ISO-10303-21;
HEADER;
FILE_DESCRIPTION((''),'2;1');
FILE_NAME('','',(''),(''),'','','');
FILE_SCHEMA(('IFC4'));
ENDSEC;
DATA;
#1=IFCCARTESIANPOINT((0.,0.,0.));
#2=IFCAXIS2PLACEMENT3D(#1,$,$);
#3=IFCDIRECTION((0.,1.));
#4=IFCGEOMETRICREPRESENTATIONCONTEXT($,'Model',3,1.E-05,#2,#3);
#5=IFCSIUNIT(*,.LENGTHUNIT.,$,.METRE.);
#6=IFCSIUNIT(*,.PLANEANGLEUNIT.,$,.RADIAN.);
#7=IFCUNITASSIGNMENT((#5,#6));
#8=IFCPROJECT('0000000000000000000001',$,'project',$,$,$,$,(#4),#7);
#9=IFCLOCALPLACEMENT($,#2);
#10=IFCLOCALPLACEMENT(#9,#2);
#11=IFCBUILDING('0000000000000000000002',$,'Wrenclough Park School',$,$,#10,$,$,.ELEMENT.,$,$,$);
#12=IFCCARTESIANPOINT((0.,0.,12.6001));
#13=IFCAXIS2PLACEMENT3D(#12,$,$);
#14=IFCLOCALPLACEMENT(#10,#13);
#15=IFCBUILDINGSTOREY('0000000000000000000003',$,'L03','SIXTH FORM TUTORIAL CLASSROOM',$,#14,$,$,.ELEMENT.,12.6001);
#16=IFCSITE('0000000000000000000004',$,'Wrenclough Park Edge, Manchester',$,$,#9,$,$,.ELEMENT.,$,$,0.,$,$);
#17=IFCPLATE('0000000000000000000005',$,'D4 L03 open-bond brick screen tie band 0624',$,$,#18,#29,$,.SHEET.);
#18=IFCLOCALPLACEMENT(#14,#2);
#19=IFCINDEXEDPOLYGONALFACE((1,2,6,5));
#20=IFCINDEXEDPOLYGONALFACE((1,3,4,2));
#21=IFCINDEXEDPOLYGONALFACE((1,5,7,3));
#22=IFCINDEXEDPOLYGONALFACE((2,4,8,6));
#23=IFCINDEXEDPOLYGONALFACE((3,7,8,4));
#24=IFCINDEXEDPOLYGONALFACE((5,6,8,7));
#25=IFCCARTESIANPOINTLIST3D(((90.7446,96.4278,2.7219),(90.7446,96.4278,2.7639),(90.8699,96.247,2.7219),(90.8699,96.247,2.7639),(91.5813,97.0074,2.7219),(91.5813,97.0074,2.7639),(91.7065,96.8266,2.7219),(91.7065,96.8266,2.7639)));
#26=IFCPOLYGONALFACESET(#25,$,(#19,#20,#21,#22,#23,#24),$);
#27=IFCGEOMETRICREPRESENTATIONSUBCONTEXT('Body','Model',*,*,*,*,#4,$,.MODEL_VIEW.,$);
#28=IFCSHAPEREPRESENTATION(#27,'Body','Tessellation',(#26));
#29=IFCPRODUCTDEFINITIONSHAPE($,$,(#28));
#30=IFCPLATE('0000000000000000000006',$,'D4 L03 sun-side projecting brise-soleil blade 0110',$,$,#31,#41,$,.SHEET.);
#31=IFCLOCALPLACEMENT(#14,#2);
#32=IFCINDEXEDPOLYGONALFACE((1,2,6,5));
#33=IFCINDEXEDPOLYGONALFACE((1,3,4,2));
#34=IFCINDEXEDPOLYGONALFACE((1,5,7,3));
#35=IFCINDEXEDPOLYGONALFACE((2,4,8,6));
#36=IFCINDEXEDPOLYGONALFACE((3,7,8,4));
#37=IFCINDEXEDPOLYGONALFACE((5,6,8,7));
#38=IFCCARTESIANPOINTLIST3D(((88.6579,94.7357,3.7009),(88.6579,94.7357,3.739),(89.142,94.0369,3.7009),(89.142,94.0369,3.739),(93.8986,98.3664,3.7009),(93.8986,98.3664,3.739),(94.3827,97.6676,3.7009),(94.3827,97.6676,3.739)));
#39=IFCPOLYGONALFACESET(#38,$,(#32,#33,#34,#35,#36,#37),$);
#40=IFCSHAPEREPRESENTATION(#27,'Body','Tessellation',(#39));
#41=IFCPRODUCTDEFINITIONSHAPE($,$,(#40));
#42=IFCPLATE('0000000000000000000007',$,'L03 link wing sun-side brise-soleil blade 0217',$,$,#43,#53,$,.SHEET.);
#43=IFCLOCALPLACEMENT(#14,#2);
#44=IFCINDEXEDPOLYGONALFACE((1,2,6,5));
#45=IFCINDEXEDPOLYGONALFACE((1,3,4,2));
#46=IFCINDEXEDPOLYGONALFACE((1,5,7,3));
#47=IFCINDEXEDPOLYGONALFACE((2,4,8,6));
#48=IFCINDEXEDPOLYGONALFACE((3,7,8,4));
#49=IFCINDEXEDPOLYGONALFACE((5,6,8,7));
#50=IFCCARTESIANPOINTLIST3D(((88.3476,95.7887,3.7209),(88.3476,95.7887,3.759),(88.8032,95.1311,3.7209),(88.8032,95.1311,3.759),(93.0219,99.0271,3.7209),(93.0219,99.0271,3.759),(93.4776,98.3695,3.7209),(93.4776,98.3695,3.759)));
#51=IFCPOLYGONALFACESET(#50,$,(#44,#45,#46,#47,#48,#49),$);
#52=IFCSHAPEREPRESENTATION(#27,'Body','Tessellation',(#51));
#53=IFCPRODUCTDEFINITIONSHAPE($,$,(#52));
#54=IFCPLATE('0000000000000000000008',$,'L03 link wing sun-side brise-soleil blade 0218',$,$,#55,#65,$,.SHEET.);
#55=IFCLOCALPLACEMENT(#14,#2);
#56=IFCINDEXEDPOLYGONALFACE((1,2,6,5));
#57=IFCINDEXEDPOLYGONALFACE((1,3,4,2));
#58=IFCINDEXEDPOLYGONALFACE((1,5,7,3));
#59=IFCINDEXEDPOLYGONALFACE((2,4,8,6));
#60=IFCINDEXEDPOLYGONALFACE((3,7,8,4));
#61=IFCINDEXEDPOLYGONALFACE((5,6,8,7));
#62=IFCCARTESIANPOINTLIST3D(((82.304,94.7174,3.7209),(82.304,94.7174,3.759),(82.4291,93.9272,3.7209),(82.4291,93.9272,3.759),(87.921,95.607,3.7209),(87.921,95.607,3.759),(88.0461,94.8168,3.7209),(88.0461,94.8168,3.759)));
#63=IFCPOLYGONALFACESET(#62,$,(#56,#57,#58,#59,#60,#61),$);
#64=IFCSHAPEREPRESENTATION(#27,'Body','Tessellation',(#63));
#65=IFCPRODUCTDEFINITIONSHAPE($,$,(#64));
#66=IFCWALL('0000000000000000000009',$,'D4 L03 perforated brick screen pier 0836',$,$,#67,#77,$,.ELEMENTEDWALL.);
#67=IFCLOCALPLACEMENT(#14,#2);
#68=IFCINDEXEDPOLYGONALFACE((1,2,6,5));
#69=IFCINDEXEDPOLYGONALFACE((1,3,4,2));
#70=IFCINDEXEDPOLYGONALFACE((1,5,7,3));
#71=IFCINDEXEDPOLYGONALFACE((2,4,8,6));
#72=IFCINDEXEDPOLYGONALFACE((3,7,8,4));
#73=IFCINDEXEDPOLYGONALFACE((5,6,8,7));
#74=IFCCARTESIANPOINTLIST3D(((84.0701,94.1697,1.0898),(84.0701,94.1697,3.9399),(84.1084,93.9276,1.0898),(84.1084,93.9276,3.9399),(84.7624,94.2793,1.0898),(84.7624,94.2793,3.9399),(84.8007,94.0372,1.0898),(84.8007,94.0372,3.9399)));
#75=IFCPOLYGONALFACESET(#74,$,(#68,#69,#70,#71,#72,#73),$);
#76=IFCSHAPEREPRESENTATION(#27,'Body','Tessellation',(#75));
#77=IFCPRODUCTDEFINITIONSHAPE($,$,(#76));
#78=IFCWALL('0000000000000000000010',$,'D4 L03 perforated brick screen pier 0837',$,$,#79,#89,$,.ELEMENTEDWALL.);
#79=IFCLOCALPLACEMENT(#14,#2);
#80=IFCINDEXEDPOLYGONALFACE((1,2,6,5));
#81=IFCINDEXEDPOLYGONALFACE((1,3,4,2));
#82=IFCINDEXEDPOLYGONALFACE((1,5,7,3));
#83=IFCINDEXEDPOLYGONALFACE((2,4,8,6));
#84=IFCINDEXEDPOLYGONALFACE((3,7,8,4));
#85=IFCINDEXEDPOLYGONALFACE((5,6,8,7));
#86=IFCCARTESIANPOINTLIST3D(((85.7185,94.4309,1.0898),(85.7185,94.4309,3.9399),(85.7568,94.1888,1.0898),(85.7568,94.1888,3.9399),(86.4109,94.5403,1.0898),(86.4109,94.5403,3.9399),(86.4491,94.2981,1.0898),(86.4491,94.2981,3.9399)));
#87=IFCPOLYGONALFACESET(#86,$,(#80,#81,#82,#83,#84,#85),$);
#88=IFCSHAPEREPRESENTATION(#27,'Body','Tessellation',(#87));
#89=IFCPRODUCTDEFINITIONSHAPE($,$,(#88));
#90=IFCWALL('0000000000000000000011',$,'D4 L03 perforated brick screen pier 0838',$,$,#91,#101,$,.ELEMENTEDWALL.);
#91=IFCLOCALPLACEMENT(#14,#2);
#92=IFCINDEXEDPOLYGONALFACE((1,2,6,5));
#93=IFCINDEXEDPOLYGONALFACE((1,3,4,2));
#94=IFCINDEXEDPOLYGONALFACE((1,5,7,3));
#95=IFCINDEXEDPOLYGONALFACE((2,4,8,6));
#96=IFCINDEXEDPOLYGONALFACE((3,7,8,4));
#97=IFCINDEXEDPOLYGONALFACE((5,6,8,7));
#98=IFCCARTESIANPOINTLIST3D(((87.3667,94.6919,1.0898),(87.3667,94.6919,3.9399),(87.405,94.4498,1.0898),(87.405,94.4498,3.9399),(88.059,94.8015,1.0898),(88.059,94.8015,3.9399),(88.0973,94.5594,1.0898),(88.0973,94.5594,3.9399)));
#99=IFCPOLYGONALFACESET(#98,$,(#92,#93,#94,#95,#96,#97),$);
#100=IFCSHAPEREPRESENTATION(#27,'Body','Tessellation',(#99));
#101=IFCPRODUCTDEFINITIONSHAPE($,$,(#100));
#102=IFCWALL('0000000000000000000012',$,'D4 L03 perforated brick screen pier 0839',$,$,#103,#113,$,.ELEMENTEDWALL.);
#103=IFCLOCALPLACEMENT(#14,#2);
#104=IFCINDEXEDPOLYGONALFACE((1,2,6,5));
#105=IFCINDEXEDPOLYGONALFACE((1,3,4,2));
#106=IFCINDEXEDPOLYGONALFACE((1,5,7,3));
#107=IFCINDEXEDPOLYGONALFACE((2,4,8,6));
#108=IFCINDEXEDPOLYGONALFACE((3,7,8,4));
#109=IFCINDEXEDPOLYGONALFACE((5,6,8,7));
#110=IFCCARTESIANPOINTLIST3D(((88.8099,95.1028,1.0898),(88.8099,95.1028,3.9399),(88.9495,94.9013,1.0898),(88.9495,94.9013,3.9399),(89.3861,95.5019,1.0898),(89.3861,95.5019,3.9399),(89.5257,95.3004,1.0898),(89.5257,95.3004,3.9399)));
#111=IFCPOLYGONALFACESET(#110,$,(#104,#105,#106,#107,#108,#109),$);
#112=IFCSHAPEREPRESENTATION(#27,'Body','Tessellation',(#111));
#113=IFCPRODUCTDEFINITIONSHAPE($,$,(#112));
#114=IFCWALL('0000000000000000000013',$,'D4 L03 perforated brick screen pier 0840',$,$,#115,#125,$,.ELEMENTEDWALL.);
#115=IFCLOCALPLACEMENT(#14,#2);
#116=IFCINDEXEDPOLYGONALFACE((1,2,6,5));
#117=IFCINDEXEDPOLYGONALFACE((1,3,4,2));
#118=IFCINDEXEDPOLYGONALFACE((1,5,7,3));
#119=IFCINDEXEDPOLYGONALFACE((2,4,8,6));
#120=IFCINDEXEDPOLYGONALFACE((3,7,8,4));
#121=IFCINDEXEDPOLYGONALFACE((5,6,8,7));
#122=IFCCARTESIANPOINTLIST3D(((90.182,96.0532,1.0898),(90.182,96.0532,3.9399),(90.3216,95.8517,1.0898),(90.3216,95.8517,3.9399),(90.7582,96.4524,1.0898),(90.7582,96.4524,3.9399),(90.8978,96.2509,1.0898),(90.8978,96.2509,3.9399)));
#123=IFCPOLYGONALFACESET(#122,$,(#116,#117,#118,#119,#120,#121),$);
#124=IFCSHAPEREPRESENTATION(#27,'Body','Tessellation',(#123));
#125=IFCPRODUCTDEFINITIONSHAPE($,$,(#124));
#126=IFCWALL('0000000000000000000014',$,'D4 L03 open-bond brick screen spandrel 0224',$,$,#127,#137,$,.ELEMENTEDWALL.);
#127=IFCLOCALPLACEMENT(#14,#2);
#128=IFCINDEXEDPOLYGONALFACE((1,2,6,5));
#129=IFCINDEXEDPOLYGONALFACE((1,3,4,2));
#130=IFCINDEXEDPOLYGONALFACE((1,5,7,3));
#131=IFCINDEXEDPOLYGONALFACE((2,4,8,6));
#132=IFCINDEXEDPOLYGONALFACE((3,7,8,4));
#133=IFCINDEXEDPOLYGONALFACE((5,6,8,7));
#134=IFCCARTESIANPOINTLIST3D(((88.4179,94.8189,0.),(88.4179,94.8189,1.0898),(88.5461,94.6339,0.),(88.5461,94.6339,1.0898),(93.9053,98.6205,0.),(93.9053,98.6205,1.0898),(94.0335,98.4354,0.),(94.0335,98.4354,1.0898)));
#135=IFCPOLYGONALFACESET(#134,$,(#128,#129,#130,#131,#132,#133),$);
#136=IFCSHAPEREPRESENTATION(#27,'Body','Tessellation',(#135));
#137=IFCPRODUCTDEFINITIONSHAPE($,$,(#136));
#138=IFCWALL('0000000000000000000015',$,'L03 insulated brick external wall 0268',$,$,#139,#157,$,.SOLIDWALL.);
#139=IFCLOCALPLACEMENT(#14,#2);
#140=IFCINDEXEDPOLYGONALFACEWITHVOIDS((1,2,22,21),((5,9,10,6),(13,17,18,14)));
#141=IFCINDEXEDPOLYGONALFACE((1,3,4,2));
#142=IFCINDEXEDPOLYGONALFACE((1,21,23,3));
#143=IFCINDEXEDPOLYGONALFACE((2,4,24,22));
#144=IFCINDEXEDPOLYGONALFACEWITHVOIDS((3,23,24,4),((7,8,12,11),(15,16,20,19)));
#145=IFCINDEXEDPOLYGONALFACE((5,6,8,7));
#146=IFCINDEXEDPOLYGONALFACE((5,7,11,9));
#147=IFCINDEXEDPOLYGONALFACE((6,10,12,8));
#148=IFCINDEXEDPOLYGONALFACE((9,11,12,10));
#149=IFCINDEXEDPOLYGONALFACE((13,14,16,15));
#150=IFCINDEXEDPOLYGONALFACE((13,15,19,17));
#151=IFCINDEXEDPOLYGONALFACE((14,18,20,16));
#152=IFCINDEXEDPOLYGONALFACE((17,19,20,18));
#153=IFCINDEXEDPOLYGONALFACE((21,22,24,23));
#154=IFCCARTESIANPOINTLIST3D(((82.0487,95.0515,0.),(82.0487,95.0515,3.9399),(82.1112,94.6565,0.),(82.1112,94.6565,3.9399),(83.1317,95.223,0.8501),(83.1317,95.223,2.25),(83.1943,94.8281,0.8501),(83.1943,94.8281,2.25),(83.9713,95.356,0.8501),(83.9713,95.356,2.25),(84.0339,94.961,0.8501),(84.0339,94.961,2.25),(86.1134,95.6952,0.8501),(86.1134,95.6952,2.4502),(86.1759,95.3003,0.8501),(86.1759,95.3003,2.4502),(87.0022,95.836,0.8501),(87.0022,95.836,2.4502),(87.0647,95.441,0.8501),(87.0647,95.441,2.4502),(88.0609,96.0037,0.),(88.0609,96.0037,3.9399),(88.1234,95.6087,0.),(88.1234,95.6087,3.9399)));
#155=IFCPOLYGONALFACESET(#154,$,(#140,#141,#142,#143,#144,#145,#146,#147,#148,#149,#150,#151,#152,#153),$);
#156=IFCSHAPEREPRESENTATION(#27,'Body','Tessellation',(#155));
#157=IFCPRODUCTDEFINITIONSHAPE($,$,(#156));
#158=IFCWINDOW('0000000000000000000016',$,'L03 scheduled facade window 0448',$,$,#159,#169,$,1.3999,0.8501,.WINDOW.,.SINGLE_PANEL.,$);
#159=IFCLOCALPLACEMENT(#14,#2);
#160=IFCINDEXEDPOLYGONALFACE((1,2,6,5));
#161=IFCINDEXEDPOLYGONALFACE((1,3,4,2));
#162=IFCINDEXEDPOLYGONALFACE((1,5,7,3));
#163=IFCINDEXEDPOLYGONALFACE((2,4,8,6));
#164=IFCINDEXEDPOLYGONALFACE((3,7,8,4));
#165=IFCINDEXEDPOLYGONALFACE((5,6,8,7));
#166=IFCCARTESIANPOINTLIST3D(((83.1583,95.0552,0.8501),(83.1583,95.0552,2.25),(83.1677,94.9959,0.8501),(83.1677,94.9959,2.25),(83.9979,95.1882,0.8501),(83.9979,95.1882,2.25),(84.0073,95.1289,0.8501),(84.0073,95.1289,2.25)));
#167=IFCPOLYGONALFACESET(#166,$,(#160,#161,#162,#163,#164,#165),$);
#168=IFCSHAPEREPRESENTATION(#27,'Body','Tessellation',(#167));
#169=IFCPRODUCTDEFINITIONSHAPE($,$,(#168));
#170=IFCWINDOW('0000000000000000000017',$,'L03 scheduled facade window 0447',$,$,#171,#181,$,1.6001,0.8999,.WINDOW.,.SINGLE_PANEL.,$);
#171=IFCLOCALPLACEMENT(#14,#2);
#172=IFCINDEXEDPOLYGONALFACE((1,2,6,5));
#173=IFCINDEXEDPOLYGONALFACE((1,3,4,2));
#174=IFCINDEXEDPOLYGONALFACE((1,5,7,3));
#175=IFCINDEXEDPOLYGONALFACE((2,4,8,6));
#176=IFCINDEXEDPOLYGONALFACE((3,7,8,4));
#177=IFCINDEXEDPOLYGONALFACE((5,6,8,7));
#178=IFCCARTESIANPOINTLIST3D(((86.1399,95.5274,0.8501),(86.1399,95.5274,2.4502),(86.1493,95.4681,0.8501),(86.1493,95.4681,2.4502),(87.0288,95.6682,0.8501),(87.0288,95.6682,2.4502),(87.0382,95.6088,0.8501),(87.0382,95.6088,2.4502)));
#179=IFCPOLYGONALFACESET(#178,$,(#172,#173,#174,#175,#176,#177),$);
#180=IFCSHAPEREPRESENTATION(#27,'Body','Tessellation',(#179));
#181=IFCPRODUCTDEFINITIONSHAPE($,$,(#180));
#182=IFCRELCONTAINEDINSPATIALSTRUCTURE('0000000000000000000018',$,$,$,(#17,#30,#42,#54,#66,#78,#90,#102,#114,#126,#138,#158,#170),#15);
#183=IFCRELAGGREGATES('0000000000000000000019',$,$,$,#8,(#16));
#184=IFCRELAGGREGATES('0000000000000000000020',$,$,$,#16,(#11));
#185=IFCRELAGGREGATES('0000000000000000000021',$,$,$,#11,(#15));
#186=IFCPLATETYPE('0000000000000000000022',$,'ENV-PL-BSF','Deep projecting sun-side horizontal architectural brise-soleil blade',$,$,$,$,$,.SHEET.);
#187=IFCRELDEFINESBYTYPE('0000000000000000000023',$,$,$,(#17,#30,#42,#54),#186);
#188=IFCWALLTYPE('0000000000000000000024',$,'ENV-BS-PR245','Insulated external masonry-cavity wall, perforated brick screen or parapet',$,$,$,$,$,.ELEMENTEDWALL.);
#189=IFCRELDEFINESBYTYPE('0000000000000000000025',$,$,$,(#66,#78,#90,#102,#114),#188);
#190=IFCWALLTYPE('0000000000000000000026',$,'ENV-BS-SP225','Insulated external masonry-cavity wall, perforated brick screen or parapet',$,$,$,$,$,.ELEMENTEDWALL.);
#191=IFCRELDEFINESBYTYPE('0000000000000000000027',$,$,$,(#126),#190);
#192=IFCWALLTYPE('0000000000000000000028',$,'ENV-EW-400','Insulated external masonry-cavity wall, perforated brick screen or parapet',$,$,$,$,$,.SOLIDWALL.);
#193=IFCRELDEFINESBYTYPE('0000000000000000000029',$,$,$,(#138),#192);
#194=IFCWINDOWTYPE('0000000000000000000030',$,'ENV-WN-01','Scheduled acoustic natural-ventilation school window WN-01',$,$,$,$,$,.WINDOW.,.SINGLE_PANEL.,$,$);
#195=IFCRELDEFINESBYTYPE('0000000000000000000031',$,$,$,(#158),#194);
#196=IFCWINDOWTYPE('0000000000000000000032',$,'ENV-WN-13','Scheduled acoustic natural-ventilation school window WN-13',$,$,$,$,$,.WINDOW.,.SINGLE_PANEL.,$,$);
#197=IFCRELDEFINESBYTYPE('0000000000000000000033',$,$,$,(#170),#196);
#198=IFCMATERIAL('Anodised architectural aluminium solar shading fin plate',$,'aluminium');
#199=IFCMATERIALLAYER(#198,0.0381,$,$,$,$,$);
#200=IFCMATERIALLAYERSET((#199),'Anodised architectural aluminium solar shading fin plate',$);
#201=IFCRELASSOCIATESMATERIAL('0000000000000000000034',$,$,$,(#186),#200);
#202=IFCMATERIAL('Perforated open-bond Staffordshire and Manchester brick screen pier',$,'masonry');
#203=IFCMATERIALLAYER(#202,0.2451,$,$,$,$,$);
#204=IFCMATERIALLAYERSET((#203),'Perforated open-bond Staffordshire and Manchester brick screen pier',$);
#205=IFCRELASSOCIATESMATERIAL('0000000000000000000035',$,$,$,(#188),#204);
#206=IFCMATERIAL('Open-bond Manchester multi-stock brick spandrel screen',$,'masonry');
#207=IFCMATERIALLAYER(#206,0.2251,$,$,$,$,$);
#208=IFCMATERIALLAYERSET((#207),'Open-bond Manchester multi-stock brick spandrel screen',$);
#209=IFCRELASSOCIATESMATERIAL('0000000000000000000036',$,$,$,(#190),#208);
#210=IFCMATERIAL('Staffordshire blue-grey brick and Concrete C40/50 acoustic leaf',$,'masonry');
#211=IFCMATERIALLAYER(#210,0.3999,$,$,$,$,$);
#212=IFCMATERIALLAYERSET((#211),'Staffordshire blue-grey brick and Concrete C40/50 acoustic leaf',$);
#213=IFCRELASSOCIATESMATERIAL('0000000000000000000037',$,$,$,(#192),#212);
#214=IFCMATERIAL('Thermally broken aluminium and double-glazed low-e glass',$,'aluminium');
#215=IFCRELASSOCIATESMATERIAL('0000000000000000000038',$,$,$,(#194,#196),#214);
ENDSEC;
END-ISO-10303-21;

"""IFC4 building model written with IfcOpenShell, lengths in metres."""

from ifc_helpers import new_model, si_unit, direction, frame, frame_2d, origin, origin_2d, place, context, subcontext, project, spatial, rectangle, extrude, material, layer, layer_set, type_object, element, fill, save


model = new_model("IFC4")

# Units and contexts
model_context = context("Model", 3, precision=1e-05, world=origin(), true_north=direction((0.0, 1.0)))
body_context = subcontext(model_context, "Body", "Model", "MODEL_VIEW")
ifc_project = project(units=[si_unit("LENGTHUNIT", "METRE"), si_unit("PLANEANGLEUNIT", "RADIAN")], contexts=[model_context])

# Site, building, storey
site_placement = place(None, origin())
site = spatial("IfcSite", under=ifc_project, at=site_placement, Name="Wrenclough Park Edge, Manchester", CompositionType="ELEMENT", RefElevation=0.0)
building_placement = place(site_placement, origin())
building = spatial("IfcBuilding", under=site, at=building_placement, Name="Wrenclough Park School", CompositionType="ELEMENT")
storey_placement = place(building_placement, frame((0.0, 0.0, 12.6001)))
storey = spatial("IfcBuildingStorey", under=building, at=storey_placement, Name="L03", Description="SIXTH FORM TUTORIAL CLASSROOM", CompositionType="ELEMENT", Elevation=12.6001)

# Plates
ifc_material_1 = material(Name="Anodised architectural aluminium solar shading fin plate", Category="aluminium")
ifc_layer_1 = layer(ifc_material_1, 0.0381)
ifc_layer_set_1 = layer_set([ifc_layer_1], Name="Anodised architectural aluminium solar shading fin plate")
plate_type = type_object("IfcPlateType", Name="ENV-PL-BSF", Description="Deep projecting sun-side horizontal architectural brise-soleil blade", PredefinedType="SHEET", material=ifc_layer_set_1)
plate_1_placement = place(storey_placement, frame((91.2256, 96.6272, 2.7219), z_axis=(0.0, 0.0, 1.0), x_axis=(0.822008, 0.569476, 0.0)))
element("IfcPlate", 1, at=plate_1_placement, inside=storey, type_object=plate_type, Name="D4 L03 open-bond brick screen tie band 0624", PredefinedType="SHEET", context=body_context, shape_type="SweptSolid", body=[
    extrude(rectangle(XDim=1.0178, YDim=0.22, at=origin_2d()), origin(), (0.0, 0.0, 1.0), 0.042),
])
plate_2_placement = place(storey_placement, frame((91.5203, 96.2017, 3.7009), z_axis=(0.0, 0.0, 1.0), x_axis=(0.822008, 0.569476, 0.0)))
element("IfcPlate", 2, at=plate_2_placement, inside=storey, type_object=plate_type, Name="D4 L03 sun-side projecting brise-soleil blade 0110", PredefinedType="SHEET", context=body_context, shape_type="SweptSolid", body=[
    extrude(rectangle(XDim=6.3755, YDim=0.8501, at=origin_2d()), origin(), (0.0, 0.0, 1.0), 0.0381),
])
plate_3_placement = place(storey_placement, frame((90.9126, 97.0791, 3.7209), z_axis=(0.0, 0.0, 1.0), x_axis=(-0.821999, -0.569489, 0.0)))
element("IfcPlate", 3, at=plate_3_placement, inside=storey, type_object=plate_type, Name="L03 link wing sun-side brise-soleil blade 0217", PredefinedType="SHEET", context=body_context, shape_type="SweptSolid", body=[
    extrude(rectangle(XDim=5.6865, YDim=0.8, at=origin_2d()), origin(), (0.0, 0.0, 1.0), 0.0381),
])
plate_4_placement = place(storey_placement, frame((85.175, 94.7671, 3.7209), z_axis=(0.0, 0.0, 1.0), x_axis=(-0.987691, -0.156415, 0.0)))
element("IfcPlate", 4, at=plate_4_placement, inside=storey, type_object=plate_type, Name="L03 link wing sun-side brise-soleil blade 0218", PredefinedType="SHEET", context=body_context, shape_type="SweptSolid", body=[
    extrude(rectangle(XDim=5.687, YDim=0.8, at=origin_2d()), origin(), (0.0, 0.0, 1.0), 0.0381),
])

# Walls
ifc_material_2 = material(Name="Perforated open-bond Staffordshire and Manchester brick screen pier", Category="masonry")
ifc_layer_2 = layer(ifc_material_2, 0.2451)
ifc_layer_set_2 = layer_set([ifc_layer_2], Name="Perforated open-bond Staffordshire and Manchester brick screen pier")
wall_type_1 = type_object("IfcWallType", Name="ENV-BS-PR245", Description="Insulated external masonry-cavity wall, perforated brick screen or parapet", PredefinedType="ELEMENTEDWALL", material=ifc_layer_set_2)
for number, where, z_axis, x_axis, name in (
    (5, (84.0891, 94.0486, 1.0898), (0.0, 0.0, 1.0), (0.987698, 0.156374, 0.0), "D4 L03 perforated brick screen pier 0836"),
    (6, (85.7375, 94.3098, 1.0898), (0.0, 0.0, 1.0), (0.987752, 0.156034, 0.0), "D4 L03 perforated brick screen pier 0837"),
    (7, (87.3857, 94.5708, 1.0898), (0.0, 0.0, 1.0), (0.987698, 0.156374, 0.0), "D4 L03 perforated brick screen pier 0838"),
    (8, (88.8796, 95.002, 1.0898), (0.0, 0.0, 1.0), (0.822004, 0.569482, 0.0), "D4 L03 perforated brick screen pier 0839"),
    (9, (90.2517, 95.9524, 1.0898), (0.0, 0.0, 1.0), (0.822004, 0.569482, 0.0), "D4 L03 perforated brick screen pier 0840"),
):
    element("IfcWall", number, at=place(storey_placement, frame(where, z_axis=z_axis, x_axis=x_axis)), inside=storey, type_object=wall_type_1, Name=name, PredefinedType="ELEMENTEDWALL", context=body_context, shape_type="SweptSolid", body=[
        extrude(rectangle(XDim=0.7009, YDim=0.2451, at=frame_2d((0.3506, 0.0))), origin(), (0.0, 0.0, 1.0), 2.8501),
    ])
ifc_material_3 = material(Name="Open-bond Manchester multi-stock brick spandrel screen", Category="masonry")
ifc_layer_3 = layer(ifc_material_3, 0.2251)
ifc_layer_set_3 = layer_set([ifc_layer_3], Name="Open-bond Manchester multi-stock brick spandrel screen")
wall_type_2 = type_object("IfcWallType", Name="ENV-BS-SP225", Description="Insulated external masonry-cavity wall, perforated brick screen or parapet", PredefinedType="ELEMENTEDWALL", material=ifc_layer_set_3)
wall_1_placement = place(storey_placement, frame((88.4819, 94.7263, 0.0), z_axis=(0.0, 0.0, 1.0), x_axis=(0.822009, 0.569474, 0.0)))
element("IfcWall", 10, at=wall_1_placement, inside=storey, type_object=wall_type_2, Name="D4 L03 open-bond brick screen spandrel 0224", PredefinedType="ELEMENTEDWALL", context=body_context, shape_type="SweptSolid", body=[
    extrude(rectangle(XDim=6.6755, YDim=0.2251, at=frame_2d((3.3379, 0.0))), origin(), (0.0, 0.0, 1.0), 1.0898),
])

# Wall, openings, windows
ifc_material_4 = material(Name="Staffordshire blue-grey brick and Concrete C40/50 acoustic leaf", Category="masonry")
ifc_layer_4 = layer(ifc_material_4, 0.3999)
ifc_layer_set_4 = layer_set([ifc_layer_4], Name="Staffordshire blue-grey brick and Concrete C40/50 acoustic leaf")
wall_type_3 = type_object("IfcWallType", Name="ENV-EW-400", Description="Insulated external masonry-cavity wall, perforated brick screen or parapet", PredefinedType="SOLIDWALL", material=ifc_layer_set_4)
wall_2_placement = place(storey_placement, frame((88.092, 95.8062, 0.0), z_axis=(0.0, 0.0, 1.0), x_axis=(-0.987691, -0.15642, 0.0)))
wall_2 = element("IfcWall", 11, at=wall_2_placement, inside=storey, type_object=wall_type_3, Name="L03 insulated brick external wall 0268", PredefinedType="SOLIDWALL", context=body_context, shape_type="SweptSolid", body=[
    extrude(rectangle(XDim=6.0872, YDim=0.3999, at=frame_2d((3.0435, 0.0))), origin(), (0.0, 0.0, 1.0), 3.9399),
])
opening_1_placement = place(wall_2_placement, frame((1.0718, 0.0, 0.8501)))
opening_1 = element("IfcOpeningElement", 12, at=opening_1_placement, cuts=wall_2, PredefinedType="OPENING", context=body_context, shape_type="SweptSolid", body=[
    extrude(rectangle(XDim=0.8999, YDim=1.6001, at=frame_2d((0.45, 0.8))), frame((0.0, 0.21, 0.0), z_axis=(0.0, -1.0, 0.0), x_axis=(1.0, 0.0, 0.0)), (0.0, 0.0, 1.0), 0.4199),
])
opening_2_placement = place(wall_2_placement, frame((4.1404, 0.0, 0.8501)))
opening_2 = element("IfcOpeningElement", 13, at=opening_2_placement, cuts=wall_2, PredefinedType="OPENING", context=body_context, shape_type="SweptSolid", body=[
    extrude(rectangle(XDim=0.8501, YDim=1.3999, at=frame_2d((0.425, 0.7))), frame((0.0, 0.21, 0.0), z_axis=(0.0, -1.0, 0.0), x_axis=(1.0, 0.0, 0.0)), (0.0, 0.0, 1.0), 0.4199),
])
ifc_material_5 = material(Name="Thermally broken aluminium and double-glazed low-e glass", Category="aluminium")
window_type_1 = type_object("IfcWindowType", Name="ENV-WN-01", Description="Scheduled acoustic natural-ventilation school window WN-01", PartitioningType="SINGLE_PANEL", PredefinedType="WINDOW", material=ifc_material_5)
window_1_placement = place(opening_2_placement, origin())
window_1 = element("IfcWindow", 14, at=window_1_placement, inside=storey, type_object=window_type_1, Name="L03 scheduled facade window 0448", OverallHeight=1.3999, OverallWidth=0.8501, PartitioningType="SINGLE_PANEL", PredefinedType="WINDOW", context=body_context, shape_type="SweptSolid", body=[
    extrude(rectangle(XDim=0.8501, YDim=1.3999, at=frame_2d((0.425, 0.7))), frame((0.0, 0.03, 0.0), z_axis=(0.0, -1.0, 0.0), x_axis=(1.0, 0.0, 0.0)), (0.0, 0.0, 1.0), 0.0601),
])
fill(opening_2, window_1)
window_type_2 = type_object("IfcWindowType", Name="ENV-WN-13", Description="Scheduled acoustic natural-ventilation school window WN-13", PartitioningType="SINGLE_PANEL", PredefinedType="WINDOW", material=ifc_material_5)
window_2_placement = place(opening_1_placement, origin())
window_2 = element("IfcWindow", 15, at=window_2_placement, inside=storey, type_object=window_type_2, Name="L03 scheduled facade window 0447", OverallHeight=1.6001, OverallWidth=0.8999, PartitioningType="SINGLE_PANEL", PredefinedType="WINDOW", context=body_context, shape_type="SweptSolid", body=[
    extrude(rectangle(XDim=0.8999, YDim=1.6001, at=frame_2d((0.45, 0.8))), frame((0.0, 0.03, 0.0), z_axis=(0.0, -1.0, 0.0), x_axis=(1.0, 0.0, 0.0)), (0.0, 0.0, 1.0), 0.0601),
])
fill(opening_1, window_2)

save(model, "model.ifc")
